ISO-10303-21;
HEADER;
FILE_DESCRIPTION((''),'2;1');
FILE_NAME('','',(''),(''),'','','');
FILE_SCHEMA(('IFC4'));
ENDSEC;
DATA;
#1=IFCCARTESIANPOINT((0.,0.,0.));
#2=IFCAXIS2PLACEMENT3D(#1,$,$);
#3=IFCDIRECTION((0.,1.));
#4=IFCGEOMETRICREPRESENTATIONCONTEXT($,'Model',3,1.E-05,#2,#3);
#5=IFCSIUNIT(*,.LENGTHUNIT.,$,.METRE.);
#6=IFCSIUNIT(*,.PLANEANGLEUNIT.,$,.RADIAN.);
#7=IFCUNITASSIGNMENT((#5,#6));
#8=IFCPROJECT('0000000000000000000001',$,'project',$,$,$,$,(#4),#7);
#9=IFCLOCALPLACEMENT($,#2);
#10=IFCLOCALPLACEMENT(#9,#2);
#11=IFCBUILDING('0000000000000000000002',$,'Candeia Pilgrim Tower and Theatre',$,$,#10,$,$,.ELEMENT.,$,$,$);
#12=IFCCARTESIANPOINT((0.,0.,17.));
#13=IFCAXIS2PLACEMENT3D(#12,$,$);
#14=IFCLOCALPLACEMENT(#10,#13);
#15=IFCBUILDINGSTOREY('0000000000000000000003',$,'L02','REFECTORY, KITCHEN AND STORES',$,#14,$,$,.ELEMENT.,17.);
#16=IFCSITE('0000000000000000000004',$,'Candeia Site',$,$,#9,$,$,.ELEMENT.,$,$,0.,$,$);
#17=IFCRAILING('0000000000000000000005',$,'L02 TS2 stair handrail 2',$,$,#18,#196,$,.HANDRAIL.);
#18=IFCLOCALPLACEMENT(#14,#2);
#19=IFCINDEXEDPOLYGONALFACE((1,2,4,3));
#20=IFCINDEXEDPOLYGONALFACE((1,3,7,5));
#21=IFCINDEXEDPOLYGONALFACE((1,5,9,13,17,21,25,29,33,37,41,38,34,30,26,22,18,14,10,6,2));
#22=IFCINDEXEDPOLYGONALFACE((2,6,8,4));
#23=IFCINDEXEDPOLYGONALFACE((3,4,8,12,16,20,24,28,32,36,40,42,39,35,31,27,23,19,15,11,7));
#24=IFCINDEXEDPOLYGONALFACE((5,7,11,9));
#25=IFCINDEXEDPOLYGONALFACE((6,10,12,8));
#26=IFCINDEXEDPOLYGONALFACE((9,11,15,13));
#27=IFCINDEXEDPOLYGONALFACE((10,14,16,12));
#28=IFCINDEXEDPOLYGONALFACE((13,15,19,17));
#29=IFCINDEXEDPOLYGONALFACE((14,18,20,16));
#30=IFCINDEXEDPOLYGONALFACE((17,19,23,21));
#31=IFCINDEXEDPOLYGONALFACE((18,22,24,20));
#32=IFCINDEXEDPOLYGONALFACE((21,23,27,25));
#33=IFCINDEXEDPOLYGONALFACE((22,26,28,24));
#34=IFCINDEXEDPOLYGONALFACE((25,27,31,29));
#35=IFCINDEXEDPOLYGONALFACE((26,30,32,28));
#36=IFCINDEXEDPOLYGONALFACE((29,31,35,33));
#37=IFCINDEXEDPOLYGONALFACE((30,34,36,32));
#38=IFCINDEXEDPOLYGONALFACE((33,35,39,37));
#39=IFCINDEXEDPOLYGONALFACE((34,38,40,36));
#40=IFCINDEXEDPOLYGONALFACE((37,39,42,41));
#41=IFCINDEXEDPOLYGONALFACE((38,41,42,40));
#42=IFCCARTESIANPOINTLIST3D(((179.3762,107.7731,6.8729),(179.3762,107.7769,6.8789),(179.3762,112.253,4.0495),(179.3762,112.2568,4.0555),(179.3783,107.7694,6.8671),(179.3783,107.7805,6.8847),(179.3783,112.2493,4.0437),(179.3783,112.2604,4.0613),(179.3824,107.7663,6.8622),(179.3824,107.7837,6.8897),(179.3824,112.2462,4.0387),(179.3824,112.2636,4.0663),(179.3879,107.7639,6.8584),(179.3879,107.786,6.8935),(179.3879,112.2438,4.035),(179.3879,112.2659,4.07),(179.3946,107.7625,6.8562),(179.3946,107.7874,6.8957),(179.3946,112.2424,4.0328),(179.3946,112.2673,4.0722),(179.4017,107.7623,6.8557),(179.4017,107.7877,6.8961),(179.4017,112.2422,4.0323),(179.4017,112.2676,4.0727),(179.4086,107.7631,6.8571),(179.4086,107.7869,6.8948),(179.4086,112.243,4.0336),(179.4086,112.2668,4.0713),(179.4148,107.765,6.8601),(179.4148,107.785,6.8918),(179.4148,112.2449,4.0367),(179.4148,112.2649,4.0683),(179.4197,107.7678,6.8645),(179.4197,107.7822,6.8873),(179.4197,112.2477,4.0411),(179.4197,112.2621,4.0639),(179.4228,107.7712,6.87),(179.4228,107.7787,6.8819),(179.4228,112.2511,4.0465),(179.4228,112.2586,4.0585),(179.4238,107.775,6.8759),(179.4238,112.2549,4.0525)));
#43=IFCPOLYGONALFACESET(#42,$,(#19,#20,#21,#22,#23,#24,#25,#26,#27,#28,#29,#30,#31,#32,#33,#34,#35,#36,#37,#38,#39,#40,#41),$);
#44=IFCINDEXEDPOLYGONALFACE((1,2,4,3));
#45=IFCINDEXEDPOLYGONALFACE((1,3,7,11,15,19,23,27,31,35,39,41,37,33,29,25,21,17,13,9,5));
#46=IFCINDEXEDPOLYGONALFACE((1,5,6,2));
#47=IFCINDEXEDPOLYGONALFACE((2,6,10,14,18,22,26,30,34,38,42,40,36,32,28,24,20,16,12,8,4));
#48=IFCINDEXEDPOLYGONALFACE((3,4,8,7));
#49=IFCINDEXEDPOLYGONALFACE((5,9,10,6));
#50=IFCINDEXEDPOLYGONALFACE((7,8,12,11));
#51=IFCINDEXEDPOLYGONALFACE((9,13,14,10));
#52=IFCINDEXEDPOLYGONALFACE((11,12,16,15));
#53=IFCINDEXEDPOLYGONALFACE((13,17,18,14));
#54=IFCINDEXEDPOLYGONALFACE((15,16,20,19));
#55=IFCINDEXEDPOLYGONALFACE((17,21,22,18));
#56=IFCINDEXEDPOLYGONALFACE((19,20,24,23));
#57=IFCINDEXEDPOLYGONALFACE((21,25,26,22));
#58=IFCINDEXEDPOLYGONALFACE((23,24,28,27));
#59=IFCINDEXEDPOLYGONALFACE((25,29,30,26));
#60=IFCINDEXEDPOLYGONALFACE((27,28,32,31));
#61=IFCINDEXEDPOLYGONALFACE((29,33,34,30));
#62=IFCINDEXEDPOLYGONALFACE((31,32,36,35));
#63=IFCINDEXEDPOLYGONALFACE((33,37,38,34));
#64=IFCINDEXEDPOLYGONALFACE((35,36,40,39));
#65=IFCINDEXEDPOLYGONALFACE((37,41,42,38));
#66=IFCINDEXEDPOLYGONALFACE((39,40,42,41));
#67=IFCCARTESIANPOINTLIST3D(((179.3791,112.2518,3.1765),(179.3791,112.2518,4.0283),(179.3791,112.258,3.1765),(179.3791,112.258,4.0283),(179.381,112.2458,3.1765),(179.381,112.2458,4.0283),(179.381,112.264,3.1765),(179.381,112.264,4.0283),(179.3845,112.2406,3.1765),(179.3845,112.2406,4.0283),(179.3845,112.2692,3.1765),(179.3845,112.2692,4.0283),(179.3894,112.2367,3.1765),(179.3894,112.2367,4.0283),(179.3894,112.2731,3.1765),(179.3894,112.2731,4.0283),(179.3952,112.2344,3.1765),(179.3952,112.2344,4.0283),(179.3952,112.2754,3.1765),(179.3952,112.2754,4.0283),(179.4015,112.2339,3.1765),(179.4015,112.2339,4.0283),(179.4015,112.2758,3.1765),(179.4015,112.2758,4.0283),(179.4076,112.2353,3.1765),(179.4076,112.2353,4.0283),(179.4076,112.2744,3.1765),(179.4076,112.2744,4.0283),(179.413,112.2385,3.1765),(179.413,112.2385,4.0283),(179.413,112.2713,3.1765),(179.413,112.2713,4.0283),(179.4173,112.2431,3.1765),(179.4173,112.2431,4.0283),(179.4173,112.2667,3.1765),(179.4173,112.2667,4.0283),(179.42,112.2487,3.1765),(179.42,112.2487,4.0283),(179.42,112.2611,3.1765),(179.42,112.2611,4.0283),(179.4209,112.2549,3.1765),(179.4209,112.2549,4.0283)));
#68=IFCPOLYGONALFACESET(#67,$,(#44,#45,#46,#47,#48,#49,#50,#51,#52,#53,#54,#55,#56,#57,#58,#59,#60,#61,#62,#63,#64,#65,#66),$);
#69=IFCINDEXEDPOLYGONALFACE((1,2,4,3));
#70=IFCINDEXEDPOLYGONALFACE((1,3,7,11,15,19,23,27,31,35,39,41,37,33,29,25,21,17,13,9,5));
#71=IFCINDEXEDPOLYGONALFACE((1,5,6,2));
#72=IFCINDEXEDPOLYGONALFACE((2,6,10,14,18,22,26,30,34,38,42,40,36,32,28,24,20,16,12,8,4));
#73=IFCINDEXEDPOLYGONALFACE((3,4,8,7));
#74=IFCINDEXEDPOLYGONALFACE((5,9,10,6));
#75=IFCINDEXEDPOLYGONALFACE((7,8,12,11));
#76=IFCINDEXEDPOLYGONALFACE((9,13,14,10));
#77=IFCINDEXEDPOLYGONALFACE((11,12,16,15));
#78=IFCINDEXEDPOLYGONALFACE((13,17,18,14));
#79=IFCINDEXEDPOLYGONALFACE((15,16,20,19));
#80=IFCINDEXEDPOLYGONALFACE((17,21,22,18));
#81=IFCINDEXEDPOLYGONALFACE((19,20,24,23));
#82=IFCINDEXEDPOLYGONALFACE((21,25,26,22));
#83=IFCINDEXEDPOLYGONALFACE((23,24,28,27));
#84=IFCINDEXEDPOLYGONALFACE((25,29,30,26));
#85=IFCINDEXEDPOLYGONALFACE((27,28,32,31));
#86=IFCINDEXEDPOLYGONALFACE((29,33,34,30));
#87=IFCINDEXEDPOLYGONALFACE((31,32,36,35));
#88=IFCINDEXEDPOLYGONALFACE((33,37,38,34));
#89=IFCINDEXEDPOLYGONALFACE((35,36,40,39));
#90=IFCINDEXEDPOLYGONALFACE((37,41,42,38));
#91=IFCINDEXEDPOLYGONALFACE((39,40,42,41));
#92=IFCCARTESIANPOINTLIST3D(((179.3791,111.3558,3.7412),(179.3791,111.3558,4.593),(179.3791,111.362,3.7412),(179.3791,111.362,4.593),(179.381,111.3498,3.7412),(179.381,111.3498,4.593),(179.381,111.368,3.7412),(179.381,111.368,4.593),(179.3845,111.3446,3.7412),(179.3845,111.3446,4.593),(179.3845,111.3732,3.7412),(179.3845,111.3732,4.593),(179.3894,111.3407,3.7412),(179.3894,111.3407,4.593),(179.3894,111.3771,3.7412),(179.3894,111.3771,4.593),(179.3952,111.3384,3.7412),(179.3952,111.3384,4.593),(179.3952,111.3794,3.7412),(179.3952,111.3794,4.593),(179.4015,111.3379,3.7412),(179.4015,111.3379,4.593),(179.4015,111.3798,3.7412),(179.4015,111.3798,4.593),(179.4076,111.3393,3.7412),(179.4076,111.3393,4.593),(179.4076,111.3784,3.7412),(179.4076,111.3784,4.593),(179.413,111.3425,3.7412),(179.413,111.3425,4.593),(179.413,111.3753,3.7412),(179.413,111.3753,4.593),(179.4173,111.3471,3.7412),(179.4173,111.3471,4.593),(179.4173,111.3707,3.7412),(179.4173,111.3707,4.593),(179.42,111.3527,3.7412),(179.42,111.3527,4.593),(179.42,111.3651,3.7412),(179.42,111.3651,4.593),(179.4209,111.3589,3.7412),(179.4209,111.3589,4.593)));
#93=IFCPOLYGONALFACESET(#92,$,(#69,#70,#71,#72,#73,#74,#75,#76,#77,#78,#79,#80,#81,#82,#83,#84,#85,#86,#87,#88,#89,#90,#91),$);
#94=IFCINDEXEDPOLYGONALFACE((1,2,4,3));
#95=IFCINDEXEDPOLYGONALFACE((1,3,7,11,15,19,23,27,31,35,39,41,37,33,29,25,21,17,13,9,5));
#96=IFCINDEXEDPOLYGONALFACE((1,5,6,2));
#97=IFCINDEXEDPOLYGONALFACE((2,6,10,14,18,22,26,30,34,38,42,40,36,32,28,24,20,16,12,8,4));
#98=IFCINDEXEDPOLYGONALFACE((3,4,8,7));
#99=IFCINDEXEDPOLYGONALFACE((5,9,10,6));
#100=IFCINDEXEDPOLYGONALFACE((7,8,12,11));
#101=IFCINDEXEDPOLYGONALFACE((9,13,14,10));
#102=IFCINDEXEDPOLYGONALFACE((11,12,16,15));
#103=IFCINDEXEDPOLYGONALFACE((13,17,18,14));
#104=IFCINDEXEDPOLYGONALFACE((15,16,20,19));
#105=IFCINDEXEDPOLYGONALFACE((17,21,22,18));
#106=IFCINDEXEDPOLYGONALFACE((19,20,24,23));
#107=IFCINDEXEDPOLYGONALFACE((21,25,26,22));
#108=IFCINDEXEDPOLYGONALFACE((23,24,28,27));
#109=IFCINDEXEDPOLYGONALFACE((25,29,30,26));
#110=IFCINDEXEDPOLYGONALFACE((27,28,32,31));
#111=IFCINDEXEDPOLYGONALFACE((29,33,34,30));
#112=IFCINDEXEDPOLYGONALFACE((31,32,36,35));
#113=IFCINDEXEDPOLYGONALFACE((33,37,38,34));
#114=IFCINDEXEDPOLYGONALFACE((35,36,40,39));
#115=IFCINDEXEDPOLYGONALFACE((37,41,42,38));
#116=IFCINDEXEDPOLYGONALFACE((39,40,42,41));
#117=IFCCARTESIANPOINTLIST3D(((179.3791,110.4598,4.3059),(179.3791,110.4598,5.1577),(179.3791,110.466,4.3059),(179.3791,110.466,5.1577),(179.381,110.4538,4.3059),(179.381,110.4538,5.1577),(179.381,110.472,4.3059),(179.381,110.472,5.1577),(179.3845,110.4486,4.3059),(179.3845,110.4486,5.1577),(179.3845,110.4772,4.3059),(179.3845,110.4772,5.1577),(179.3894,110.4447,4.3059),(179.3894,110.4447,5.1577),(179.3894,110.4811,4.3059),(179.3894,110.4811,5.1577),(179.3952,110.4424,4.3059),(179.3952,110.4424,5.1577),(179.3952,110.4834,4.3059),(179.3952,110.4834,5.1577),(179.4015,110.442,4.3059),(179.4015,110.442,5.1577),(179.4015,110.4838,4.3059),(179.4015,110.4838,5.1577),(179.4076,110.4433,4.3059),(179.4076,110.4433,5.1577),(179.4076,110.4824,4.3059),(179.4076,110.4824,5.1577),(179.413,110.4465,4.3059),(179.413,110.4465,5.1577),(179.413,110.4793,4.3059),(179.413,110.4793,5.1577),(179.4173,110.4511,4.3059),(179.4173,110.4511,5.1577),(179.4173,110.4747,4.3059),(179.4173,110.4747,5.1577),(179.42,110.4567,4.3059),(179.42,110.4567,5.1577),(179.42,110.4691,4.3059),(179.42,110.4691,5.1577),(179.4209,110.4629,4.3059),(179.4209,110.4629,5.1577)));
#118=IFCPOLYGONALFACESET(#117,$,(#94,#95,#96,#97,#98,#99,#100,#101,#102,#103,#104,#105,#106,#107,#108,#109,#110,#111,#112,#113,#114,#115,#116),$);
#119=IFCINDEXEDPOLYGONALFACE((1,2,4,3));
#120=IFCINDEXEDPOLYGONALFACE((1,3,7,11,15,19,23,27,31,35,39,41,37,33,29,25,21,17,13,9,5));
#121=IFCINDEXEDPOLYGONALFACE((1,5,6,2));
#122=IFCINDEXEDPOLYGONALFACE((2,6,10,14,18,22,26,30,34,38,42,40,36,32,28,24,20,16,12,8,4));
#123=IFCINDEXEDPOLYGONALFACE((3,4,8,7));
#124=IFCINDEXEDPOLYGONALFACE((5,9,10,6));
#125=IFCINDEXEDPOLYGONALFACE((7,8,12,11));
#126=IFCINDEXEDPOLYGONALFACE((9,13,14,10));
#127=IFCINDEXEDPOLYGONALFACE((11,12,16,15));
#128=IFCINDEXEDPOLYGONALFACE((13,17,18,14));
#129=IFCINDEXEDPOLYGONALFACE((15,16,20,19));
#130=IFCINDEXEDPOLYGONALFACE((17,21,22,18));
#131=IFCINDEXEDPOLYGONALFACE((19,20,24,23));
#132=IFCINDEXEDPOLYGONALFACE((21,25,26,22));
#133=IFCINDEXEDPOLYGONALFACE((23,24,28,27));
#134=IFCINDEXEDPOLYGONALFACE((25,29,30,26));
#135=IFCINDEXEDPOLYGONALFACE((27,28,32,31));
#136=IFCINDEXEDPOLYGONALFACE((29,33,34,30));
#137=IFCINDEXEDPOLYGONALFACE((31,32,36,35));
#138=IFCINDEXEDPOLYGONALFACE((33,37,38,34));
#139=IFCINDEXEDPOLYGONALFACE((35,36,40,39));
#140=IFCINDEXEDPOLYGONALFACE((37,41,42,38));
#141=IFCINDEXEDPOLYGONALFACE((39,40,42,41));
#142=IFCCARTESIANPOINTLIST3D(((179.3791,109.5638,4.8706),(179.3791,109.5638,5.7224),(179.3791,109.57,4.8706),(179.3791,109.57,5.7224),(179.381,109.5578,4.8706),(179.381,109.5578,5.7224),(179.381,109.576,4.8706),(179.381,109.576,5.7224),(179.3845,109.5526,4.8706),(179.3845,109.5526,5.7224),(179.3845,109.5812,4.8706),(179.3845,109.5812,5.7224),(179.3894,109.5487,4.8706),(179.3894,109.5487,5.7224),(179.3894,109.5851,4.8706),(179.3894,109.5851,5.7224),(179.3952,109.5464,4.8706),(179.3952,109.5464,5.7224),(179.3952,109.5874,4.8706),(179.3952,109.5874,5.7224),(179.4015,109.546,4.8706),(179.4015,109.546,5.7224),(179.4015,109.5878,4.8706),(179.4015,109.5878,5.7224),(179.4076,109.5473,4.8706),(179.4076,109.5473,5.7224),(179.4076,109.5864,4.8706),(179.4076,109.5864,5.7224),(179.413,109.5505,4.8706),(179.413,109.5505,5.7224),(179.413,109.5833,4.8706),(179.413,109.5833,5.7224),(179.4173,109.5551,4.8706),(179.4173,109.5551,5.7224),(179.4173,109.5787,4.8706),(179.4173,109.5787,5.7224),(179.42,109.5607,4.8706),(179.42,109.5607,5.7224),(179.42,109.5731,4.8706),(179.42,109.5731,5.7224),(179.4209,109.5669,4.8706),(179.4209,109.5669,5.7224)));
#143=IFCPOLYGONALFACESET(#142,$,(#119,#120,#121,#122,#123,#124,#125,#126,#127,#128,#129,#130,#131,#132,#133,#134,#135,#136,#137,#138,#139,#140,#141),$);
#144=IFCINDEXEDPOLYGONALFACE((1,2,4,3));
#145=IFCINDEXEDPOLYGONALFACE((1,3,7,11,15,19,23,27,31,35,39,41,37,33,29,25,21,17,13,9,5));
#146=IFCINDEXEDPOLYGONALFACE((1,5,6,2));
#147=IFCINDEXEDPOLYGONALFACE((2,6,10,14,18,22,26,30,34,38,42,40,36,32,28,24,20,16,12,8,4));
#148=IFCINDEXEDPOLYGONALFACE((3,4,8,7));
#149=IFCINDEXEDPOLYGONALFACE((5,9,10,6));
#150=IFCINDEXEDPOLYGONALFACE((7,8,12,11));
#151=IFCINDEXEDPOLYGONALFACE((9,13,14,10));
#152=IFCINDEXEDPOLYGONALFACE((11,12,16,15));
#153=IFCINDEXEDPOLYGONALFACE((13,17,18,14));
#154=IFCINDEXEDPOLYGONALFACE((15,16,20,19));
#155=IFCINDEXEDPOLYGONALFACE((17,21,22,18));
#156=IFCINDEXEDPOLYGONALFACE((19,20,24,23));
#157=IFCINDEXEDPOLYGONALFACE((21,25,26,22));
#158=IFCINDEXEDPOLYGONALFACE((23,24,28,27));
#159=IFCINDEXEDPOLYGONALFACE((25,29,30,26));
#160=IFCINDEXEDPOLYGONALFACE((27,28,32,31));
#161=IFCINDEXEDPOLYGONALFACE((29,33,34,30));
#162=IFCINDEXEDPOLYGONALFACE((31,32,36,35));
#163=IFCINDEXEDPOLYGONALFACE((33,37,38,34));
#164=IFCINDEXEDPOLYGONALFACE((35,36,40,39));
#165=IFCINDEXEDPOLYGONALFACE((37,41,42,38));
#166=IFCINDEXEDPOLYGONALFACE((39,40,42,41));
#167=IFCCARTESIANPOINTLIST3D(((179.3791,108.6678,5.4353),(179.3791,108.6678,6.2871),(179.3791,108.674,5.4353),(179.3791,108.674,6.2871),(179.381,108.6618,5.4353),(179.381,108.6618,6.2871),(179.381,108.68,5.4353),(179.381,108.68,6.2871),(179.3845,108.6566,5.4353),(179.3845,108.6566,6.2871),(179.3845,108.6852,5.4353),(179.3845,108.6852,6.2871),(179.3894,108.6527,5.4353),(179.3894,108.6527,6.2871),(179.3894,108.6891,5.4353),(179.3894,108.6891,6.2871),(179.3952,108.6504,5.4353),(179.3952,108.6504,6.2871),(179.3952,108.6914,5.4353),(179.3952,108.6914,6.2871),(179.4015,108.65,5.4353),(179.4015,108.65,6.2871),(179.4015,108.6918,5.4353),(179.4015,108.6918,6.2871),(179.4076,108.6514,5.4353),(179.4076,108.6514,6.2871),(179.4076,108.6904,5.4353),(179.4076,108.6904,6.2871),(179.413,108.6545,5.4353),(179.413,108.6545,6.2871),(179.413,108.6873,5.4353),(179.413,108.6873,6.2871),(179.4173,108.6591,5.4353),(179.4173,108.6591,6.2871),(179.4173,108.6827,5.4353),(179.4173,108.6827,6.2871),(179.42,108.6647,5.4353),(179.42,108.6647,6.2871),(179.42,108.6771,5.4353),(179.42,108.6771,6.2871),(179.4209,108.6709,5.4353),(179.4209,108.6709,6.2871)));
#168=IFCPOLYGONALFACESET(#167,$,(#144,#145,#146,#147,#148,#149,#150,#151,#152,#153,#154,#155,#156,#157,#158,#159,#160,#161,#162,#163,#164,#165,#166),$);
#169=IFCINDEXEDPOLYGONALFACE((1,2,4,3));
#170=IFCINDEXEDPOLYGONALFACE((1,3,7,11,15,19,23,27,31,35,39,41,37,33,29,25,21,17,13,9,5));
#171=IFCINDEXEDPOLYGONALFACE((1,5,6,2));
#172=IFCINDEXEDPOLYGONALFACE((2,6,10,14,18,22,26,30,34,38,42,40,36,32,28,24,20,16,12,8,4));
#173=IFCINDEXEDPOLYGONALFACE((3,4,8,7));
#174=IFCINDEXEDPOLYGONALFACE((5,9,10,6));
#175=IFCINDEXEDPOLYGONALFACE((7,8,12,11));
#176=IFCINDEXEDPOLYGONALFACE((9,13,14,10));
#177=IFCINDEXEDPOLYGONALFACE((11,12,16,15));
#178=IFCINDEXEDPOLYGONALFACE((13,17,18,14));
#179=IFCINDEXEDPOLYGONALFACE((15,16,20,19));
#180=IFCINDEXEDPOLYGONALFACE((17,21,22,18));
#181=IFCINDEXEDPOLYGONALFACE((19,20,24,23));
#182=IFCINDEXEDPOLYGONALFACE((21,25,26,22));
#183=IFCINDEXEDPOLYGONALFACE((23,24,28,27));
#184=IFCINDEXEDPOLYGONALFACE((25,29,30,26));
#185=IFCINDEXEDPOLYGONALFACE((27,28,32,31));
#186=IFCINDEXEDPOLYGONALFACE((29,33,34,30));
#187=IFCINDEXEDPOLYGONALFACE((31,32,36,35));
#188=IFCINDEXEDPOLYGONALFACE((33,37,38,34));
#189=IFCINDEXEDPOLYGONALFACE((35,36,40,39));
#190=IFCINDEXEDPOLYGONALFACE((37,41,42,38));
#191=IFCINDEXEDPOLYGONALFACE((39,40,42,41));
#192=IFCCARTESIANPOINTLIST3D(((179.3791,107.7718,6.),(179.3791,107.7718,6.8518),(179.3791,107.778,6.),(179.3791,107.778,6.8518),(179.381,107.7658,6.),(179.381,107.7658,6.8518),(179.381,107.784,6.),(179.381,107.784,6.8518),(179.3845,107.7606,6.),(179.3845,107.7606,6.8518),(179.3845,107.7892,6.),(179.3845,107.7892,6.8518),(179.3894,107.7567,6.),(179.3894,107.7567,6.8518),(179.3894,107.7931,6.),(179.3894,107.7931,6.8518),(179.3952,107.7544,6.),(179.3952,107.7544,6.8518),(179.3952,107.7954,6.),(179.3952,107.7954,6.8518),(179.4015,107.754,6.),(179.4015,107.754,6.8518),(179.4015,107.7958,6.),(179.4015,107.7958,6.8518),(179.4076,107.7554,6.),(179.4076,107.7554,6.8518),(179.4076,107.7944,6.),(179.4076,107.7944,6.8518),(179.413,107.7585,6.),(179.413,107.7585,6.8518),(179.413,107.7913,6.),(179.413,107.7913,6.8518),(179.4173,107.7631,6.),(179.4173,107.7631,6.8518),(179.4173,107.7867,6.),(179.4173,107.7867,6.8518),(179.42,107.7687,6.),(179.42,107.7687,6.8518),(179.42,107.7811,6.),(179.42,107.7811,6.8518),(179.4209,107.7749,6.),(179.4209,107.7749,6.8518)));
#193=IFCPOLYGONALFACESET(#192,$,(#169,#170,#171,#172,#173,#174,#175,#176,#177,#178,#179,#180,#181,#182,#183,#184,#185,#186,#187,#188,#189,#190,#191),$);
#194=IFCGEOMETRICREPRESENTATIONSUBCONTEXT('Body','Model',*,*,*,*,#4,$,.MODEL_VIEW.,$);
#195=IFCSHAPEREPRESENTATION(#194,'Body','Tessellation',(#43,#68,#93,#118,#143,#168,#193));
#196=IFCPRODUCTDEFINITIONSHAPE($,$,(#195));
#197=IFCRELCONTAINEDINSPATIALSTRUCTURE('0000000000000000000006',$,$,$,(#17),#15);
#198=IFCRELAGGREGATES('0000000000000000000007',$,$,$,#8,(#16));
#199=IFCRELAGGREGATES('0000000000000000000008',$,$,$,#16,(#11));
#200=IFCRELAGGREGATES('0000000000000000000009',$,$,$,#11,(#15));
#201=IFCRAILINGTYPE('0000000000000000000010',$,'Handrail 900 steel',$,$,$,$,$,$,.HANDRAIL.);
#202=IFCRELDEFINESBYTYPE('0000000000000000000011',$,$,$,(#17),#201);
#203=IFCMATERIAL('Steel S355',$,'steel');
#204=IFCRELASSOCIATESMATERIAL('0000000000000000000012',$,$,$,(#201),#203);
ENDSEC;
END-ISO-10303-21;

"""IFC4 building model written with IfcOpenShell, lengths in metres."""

from ifc_helpers import new_model, si_unit, direction, frame, origin, origin_2d, place, context, subcontext, project, spatial, circle, extrude, material, type_object, element, save


model = new_model("IFC4")

# Units and contexts
model_context = context("Model", 3, precision=1e-05, world=origin(), true_north=direction((0.0, 1.0)))
body_context = subcontext(model_context, "Body", "Model", "MODEL_VIEW")
ifc_project = project(units=[si_unit("LENGTHUNIT", "METRE"), si_unit("PLANEANGLEUNIT", "RADIAN")], contexts=[model_context])

# Site, building, storey
site_placement = place(None, origin())
site = spatial("IfcSite", under=ifc_project, at=site_placement, Name="Candeia Site", CompositionType="ELEMENT", RefElevation=0.0)
building_placement = place(site_placement, origin())
building = spatial("IfcBuilding", under=site, at=building_placement, Name="Candeia Pilgrim Tower and Theatre", CompositionType="ELEMENT")
storey_placement = place(building_placement, frame((0.0, 0.0, 17.0)))
storey = spatial("IfcBuildingStorey", under=building, at=storey_placement, Name="L02", Description="REFECTORY, KITCHEN AND STORES", CompositionType="ELEMENT", Elevation=17.0)

# Railing
ifc_material_1 = material(Name="Steel S355", Category="steel")
railing_type_1 = type_object("IfcRailingType", Name="Handrail 900 steel", PredefinedType="HANDRAIL", material=ifc_material_1)
railing_1_placement = place(storey_placement, frame((179.3999, 112.2549, 3.1765)))
element("IfcRailing", 1, at=railing_1_placement, inside=storey, type_object=railing_type_1, Name="L02 TS2 stair handrail 2", PredefinedType="HANDRAIL", context=body_context, shape_type="SweptSolid", body=[
    extrude(circle(Radius=0.0239, at=origin_2d()), frame((0.0, 0.0, 0.876), z_axis=(0.0, -0.845998, 0.533186), x_axis=(1.0, 0.0, 0.0)), (0.0, 0.0, 1.0), 5.2954),
    extrude(circle(Radius=0.021, at=origin_2d()), origin(), (0.0, 0.0, 1.0), 0.8518),
    extrude(circle(Radius=0.021, at=origin_2d()), frame((0.0, -0.896, 0.5647)), (0.0, 0.0, 1.0), 0.8518),
    extrude(circle(Radius=0.021, at=origin_2d()), frame((0.0, -1.792, 1.1294)), (0.0, 0.0, 1.0), 0.8518),
    extrude(circle(Radius=0.021, at=origin_2d()), frame((0.0, -2.688, 1.6941)), (0.0, 0.0, 1.0), 0.8518),
    extrude(circle(Radius=0.021, at=origin_2d()), frame((0.0, -3.584, 2.2588)), (0.0, 0.0, 1.0), 0.8518),
    extrude(circle(Radius=0.021, at=origin_2d()), frame((0.0, -4.48, 2.8235)), (0.0, 0.0, 1.0), 0.8518),
])

save(model, "model.ifc")
